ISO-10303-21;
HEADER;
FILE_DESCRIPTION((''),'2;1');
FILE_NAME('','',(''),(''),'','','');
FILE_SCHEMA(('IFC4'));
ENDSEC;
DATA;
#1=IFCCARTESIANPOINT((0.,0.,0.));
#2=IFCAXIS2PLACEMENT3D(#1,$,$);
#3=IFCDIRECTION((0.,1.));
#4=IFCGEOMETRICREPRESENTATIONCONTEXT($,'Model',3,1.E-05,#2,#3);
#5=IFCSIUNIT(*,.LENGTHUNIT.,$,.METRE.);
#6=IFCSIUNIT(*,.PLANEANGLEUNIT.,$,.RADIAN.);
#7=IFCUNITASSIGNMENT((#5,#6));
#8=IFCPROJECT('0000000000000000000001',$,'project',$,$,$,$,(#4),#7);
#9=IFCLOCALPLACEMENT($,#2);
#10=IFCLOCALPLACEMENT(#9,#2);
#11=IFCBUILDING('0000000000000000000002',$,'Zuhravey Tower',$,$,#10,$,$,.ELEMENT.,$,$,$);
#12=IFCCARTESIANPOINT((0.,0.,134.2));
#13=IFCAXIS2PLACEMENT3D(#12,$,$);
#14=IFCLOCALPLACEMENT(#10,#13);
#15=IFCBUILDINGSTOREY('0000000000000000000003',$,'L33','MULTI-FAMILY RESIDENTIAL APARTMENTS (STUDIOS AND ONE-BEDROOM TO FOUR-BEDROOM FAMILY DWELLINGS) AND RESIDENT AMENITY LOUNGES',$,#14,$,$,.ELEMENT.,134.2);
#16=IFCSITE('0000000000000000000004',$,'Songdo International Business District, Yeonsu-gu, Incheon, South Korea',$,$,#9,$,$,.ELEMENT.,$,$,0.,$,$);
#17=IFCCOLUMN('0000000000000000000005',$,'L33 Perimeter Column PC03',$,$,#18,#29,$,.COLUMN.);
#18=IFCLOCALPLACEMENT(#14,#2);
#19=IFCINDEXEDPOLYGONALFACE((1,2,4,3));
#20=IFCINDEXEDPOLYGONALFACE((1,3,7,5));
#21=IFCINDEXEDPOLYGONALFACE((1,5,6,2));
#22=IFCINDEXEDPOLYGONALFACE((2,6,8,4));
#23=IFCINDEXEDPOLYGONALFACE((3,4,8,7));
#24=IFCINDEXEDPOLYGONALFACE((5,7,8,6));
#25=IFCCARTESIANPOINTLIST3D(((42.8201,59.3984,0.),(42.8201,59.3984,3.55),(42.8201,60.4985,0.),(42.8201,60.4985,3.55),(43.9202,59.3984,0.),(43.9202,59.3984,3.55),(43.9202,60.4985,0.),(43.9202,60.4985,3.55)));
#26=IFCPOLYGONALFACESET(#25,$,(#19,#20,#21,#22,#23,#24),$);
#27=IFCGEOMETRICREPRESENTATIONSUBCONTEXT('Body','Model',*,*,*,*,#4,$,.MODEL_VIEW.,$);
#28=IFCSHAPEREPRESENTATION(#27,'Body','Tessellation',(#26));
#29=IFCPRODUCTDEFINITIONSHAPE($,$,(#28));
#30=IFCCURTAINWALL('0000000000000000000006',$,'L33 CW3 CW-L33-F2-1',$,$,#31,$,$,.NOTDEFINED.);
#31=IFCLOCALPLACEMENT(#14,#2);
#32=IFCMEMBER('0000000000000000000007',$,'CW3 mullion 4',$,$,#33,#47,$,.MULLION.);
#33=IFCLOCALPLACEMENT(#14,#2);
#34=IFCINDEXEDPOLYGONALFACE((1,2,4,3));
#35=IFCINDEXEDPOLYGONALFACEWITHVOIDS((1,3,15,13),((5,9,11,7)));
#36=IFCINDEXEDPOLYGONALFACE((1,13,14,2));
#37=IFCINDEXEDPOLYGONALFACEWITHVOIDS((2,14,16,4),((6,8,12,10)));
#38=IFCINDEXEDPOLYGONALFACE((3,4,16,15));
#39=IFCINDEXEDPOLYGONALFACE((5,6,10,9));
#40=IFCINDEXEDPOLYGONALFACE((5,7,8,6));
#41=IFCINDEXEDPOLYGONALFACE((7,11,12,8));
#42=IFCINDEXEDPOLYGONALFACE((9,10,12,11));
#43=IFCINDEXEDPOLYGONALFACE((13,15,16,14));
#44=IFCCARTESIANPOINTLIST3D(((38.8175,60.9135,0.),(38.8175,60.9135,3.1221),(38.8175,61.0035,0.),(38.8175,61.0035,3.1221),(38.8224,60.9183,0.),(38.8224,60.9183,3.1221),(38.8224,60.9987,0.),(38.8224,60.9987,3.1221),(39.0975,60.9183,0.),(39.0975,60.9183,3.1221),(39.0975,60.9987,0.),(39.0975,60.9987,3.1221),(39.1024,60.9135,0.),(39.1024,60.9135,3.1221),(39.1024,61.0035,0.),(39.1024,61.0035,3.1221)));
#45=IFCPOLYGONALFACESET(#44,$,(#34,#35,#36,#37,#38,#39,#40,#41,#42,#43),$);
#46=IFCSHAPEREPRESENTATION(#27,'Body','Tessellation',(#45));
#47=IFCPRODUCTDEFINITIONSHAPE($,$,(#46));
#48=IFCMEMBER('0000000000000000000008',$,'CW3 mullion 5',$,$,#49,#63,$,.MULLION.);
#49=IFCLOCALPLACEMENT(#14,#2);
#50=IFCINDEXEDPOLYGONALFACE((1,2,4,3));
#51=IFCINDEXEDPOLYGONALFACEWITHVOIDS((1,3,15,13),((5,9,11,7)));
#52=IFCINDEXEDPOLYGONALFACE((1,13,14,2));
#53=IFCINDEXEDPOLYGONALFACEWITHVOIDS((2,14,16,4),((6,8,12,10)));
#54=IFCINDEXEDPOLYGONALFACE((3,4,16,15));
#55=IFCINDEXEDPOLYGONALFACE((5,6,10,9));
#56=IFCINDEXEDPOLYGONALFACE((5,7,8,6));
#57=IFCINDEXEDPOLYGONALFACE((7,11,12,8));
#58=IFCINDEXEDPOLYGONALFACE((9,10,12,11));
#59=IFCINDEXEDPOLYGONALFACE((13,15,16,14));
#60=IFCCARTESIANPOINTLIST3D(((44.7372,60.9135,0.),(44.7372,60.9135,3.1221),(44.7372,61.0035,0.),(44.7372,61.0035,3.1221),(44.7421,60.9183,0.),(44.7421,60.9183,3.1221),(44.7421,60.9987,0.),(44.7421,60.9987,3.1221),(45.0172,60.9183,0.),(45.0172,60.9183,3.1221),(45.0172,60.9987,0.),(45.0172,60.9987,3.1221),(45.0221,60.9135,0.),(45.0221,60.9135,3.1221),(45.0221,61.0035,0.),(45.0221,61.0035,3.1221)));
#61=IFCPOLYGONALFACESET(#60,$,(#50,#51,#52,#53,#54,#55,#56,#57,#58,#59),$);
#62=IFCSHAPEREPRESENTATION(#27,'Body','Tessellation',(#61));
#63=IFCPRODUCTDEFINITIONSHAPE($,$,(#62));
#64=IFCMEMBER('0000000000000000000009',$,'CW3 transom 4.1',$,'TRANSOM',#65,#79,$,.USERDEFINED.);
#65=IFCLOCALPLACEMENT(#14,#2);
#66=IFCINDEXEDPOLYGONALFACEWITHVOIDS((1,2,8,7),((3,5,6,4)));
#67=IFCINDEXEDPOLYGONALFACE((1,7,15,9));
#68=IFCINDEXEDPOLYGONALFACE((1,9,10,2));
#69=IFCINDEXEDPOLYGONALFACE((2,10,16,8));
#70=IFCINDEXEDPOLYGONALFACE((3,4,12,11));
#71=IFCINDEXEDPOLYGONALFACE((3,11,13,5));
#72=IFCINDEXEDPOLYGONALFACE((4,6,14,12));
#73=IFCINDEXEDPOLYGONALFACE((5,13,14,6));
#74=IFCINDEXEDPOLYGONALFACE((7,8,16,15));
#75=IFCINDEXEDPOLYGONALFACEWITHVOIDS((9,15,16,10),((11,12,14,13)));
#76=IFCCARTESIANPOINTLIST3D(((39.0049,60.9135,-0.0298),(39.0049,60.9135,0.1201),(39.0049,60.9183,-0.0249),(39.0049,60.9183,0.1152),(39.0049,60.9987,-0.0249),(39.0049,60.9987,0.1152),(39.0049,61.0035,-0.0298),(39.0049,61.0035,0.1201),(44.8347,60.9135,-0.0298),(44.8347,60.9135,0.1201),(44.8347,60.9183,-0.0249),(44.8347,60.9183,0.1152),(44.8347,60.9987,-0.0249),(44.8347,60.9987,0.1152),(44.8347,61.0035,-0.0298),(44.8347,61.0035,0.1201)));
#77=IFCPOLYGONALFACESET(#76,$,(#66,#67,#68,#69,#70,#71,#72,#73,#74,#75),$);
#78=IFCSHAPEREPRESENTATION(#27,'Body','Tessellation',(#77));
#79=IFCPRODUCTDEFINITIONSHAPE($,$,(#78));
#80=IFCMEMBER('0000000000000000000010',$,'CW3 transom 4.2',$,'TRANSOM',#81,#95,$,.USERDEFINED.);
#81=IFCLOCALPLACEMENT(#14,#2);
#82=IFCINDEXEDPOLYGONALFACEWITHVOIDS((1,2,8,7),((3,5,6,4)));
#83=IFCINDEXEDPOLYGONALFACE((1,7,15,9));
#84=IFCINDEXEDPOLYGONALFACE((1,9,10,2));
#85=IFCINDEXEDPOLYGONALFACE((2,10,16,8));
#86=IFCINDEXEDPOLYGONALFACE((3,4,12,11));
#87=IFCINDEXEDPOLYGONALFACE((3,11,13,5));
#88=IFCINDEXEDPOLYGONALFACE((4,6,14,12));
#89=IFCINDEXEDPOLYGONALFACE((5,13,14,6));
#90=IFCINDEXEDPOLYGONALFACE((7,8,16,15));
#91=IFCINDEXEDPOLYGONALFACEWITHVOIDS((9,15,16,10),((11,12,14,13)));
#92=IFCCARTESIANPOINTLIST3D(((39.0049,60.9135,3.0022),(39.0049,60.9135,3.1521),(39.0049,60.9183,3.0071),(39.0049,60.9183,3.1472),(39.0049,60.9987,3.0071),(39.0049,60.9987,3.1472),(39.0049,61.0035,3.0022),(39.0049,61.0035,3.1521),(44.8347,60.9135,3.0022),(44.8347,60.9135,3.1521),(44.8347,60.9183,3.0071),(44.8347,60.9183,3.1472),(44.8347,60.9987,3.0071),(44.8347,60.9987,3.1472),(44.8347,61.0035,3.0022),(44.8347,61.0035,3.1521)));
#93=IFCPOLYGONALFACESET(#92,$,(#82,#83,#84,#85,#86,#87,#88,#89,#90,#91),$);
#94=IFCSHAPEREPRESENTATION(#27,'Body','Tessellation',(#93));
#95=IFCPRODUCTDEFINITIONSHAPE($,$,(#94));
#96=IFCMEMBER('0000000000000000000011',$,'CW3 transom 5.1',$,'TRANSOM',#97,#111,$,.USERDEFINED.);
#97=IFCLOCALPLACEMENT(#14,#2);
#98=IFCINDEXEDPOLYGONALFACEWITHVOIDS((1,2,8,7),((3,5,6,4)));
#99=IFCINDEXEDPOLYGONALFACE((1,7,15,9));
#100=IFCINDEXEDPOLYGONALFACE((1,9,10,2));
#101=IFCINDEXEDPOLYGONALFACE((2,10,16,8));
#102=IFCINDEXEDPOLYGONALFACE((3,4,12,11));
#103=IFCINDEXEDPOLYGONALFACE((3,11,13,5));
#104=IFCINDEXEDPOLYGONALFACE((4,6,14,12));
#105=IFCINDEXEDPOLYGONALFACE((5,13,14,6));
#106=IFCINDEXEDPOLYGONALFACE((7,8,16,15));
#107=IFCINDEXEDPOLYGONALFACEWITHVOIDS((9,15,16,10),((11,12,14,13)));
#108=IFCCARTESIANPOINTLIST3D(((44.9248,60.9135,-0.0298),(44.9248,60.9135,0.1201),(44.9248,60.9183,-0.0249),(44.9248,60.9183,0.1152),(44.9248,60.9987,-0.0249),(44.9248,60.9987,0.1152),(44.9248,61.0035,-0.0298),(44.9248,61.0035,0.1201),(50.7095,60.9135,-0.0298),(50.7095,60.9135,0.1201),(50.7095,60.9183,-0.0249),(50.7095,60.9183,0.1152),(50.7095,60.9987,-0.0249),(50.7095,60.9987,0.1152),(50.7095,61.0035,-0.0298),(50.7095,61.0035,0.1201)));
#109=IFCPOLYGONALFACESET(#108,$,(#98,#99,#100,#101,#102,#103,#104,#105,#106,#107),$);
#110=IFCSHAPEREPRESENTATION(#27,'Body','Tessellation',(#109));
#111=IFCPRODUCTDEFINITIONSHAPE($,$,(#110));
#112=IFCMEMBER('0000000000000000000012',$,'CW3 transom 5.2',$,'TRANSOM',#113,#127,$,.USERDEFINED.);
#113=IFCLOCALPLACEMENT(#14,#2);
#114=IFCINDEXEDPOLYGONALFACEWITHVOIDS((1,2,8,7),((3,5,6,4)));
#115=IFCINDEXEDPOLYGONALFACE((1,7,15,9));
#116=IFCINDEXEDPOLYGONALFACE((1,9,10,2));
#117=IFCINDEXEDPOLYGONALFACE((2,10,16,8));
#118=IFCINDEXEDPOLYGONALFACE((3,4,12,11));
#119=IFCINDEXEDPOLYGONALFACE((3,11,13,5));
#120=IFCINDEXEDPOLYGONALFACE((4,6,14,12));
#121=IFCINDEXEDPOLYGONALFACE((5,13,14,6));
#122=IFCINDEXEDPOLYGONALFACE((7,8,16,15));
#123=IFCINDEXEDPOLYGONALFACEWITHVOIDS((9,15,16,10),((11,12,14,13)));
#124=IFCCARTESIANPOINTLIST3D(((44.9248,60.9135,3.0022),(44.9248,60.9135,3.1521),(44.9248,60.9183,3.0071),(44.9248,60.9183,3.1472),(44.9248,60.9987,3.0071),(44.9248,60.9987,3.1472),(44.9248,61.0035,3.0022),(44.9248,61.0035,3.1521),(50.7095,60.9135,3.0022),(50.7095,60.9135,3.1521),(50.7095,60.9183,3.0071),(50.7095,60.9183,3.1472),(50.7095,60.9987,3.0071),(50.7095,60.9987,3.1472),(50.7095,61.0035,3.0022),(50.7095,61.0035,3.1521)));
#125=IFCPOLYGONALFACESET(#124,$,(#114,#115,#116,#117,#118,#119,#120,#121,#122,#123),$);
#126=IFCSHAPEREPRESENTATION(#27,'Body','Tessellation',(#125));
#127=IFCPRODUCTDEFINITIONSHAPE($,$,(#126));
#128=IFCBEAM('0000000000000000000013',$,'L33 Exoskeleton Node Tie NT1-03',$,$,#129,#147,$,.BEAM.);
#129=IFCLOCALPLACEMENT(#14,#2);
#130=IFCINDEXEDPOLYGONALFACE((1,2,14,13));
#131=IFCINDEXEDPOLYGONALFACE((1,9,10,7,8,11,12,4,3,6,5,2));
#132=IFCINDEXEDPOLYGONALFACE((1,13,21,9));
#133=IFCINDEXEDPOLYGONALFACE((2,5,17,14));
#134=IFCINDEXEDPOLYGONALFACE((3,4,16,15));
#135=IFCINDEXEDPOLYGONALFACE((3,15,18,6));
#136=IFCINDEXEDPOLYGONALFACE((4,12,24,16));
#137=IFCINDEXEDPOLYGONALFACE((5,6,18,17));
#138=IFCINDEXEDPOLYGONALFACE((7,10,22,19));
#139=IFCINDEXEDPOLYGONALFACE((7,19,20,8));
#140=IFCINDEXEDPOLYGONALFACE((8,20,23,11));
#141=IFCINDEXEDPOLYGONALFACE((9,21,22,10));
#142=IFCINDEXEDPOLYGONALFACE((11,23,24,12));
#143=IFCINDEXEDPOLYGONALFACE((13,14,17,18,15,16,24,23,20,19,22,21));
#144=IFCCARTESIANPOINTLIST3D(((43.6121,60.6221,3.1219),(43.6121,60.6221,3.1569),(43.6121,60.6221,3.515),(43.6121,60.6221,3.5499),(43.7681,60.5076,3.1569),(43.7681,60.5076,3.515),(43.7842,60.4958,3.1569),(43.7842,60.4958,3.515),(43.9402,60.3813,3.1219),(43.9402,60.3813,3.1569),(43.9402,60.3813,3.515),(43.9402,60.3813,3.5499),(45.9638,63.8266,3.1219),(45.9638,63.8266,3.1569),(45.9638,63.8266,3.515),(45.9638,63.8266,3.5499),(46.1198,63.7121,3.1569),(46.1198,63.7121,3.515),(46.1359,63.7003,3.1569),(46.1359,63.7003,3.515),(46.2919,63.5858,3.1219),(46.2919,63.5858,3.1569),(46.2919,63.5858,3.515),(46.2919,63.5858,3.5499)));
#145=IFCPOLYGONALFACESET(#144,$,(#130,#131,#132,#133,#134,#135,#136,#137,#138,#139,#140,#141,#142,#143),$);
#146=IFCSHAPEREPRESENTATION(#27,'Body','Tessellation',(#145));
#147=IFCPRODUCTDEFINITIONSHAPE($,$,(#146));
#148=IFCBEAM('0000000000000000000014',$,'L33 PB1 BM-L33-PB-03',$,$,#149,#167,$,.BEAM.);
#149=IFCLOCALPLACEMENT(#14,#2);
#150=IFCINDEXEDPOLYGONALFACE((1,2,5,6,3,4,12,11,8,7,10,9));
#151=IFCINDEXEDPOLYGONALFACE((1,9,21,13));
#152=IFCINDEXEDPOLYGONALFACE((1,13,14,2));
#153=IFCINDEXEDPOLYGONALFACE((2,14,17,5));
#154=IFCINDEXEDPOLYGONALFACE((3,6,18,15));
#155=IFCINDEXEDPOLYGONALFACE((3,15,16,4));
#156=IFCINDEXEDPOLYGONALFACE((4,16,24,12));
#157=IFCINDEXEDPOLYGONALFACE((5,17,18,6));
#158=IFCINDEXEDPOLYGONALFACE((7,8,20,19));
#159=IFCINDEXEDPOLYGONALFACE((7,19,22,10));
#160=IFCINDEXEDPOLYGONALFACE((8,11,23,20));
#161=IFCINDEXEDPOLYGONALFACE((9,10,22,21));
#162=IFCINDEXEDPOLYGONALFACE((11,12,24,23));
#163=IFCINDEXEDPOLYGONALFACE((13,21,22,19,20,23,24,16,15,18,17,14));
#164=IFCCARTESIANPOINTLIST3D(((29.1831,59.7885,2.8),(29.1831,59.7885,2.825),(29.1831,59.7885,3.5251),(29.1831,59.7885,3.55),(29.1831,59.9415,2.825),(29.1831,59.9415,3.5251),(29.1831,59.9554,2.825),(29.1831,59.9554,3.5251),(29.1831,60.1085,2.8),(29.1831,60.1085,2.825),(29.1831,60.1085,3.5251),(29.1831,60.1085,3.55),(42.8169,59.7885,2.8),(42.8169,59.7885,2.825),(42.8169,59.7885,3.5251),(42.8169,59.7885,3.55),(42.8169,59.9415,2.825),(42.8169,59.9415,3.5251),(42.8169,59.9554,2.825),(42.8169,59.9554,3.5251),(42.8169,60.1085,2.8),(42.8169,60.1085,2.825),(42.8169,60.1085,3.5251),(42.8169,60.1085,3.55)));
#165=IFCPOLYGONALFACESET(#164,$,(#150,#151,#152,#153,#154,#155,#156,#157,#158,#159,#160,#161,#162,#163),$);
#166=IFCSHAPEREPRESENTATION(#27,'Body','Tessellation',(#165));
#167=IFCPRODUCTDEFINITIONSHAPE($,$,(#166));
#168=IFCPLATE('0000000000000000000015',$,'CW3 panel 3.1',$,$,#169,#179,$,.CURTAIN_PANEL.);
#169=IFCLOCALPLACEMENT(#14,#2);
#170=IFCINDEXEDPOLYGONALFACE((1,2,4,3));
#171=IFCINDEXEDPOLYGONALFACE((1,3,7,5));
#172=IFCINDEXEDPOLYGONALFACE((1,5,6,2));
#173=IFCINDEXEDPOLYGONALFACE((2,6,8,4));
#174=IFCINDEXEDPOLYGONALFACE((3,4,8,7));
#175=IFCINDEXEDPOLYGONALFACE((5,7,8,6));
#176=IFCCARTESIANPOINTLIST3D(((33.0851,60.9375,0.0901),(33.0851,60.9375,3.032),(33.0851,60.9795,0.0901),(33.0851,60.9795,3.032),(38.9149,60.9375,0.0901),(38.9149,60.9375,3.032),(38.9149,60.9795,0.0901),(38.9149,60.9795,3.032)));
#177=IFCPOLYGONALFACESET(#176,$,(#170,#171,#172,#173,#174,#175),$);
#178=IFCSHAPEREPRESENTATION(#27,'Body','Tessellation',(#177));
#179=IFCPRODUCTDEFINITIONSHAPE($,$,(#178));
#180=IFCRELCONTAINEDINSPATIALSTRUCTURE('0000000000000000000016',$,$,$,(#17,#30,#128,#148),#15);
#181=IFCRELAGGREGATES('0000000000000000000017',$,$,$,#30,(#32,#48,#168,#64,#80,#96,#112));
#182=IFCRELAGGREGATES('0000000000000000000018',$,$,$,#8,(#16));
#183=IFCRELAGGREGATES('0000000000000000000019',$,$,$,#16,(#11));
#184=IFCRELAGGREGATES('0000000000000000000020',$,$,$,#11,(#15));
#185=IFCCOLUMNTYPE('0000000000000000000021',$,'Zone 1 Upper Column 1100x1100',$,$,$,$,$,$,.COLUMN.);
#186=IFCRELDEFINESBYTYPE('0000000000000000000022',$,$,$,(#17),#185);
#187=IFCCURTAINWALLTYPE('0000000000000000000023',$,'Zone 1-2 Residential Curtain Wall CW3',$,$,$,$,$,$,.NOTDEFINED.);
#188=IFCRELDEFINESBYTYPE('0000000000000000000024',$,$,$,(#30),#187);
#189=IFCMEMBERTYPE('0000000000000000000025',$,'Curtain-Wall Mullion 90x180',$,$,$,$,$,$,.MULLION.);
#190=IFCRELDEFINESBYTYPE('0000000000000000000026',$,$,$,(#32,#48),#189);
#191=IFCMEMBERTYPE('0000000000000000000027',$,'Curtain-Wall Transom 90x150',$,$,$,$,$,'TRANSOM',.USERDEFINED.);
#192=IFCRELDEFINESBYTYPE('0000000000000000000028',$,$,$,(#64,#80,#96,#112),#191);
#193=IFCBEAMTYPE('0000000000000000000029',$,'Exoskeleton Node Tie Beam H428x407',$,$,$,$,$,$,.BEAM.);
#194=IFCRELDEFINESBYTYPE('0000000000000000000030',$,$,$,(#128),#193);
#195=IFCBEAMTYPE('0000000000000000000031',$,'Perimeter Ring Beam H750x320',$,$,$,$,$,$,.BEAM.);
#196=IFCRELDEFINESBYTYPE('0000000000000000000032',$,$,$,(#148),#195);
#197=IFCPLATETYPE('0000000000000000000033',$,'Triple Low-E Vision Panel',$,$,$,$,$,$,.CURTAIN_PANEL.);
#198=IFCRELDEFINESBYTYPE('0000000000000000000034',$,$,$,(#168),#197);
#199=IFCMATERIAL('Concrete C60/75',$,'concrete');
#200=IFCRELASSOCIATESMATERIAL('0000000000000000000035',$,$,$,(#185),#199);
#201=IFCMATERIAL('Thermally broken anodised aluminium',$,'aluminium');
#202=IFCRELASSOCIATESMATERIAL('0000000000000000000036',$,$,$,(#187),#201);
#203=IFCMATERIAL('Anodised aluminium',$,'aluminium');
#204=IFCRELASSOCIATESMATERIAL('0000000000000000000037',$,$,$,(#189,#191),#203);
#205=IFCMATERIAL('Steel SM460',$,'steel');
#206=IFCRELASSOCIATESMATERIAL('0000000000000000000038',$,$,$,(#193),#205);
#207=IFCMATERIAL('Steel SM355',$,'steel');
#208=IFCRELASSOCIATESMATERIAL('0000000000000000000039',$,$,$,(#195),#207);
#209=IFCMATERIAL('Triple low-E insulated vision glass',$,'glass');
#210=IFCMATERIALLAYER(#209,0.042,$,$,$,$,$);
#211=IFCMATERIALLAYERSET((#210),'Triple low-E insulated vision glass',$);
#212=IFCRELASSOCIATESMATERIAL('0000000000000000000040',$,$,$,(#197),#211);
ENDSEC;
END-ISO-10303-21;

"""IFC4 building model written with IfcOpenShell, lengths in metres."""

from ifc_helpers import new_model, si_unit, direction, frame, origin, origin_2d, place, context, subcontext, project, spatial, rectangle, hollow_rectangle, i_section, extrude, material, layer, layer_set, material_profile, profile_set, type_object, element, aggregate, save


model = new_model("IFC4")

# Units and contexts
model_context = context("Model", 3, precision=1e-05, world=origin(), true_north=direction((0.0, 1.0)))
body_context = subcontext(model_context, "Body", "Model", "MODEL_VIEW")
ifc_project = project(units=[si_unit("LENGTHUNIT", "METRE"), si_unit("PLANEANGLEUNIT", "RADIAN")], contexts=[model_context])

# Site, building, storey
site_placement = place(None, origin())
site = spatial("IfcSite", under=ifc_project, at=site_placement, Name="Songdo International Business District, Yeonsu-gu, Incheon, South Korea", CompositionType="ELEMENT", RefElevation=0.0)
building_placement = place(site_placement, origin())
building = spatial("IfcBuilding", under=site, at=building_placement, Name="Zuhravey Tower", CompositionType="ELEMENT")
storey_placement = place(building_placement, frame((0.0, 0.0, 134.2)))
storey = spatial("IfcBuildingStorey", under=building, at=storey_placement, Name="L33", Description="MULTI-FAMILY RESIDENTIAL APARTMENTS (STUDIOS AND ONE-BEDROOM TO FOUR-BEDROOM FAMILY DWELLINGS) AND RESIDENT AMENITY LOUNGES", CompositionType="ELEMENT", Elevation=134.2)

# Column
ifc_material_1 = material(Name="Concrete C60/75", Category="concrete")
ifc_material_profile_1 = material_profile(ifc_material_1, rectangle(XDim=1.1001, YDim=1.1001, at=origin_2d()), Name="RC-1100x1100")
ifc_profile_set_1 = profile_set([ifc_material_profile_1], Name="Concrete C60/75")
column_type = type_object("IfcColumnType", Name="Zone 1 Upper Column 1100x1100", PredefinedType="COLUMN", material=ifc_profile_set_1)
column_placement = place(storey_placement, frame((43.3701, 59.9485, 0.0), z_axis=(0.0, 0.0, 1.0), x_axis=(-1.0, 0.0, 0.0)))
element("IfcColumn", 1, at=column_placement, inside=storey, type_object=column_type, Name="L33 Perimeter Column PC03", PredefinedType="COLUMN", context=body_context, shape_type="SweptSolid", body=[
    extrude(rectangle(XDim=1.1001, YDim=1.1001, at=origin_2d()), origin(), (0.0, 0.0, 1.0), 3.55),
])

# Curtain wall, members
ifc_material_2 = material(Name="Thermally broken anodised aluminium", Category="aluminium")
curtain_wall_type = type_object("IfcCurtainWallType", Name="Zone 1-2 Residential Curtain Wall CW3", PredefinedType="NOTDEFINED", material=ifc_material_2)
curtain_wall_placement = place(storey_placement, origin())
curtain_wall = element("IfcCurtainWall", 2, at=curtain_wall_placement, inside=storey, type_object=curtain_wall_type, Name="L33 CW3 CW-L33-F2-1", PredefinedType="NOTDEFINED")
ifc_material_3 = material(Name="Anodised aluminium", Category="aluminium")
ifc_material_profile_2 = material_profile(ifc_material_3, hollow_rectangle(XDim=0.0901, YDim=0.2849, WallThickness=0.0049, at=origin_2d()), Name="ALU-RHS-90x285x5")
ifc_profile_set_2 = profile_set([ifc_material_profile_2], Name="Anodised aluminium")
member_type_1 = type_object("IfcMemberType", Name="Curtain-Wall Mullion 90x180", PredefinedType="MULLION", material=ifc_profile_set_2)
member_1_placement = place(storey_placement, frame((38.96, 60.9585, 0.0), z_axis=(0.0, 0.0, 1.0), x_axis=(0.0, 1.0, 0.0)))
member_1 = element("IfcMember", 3, at=member_1_placement, type_object=member_type_1, Name="CW3 mullion 4", PredefinedType="MULLION", context=body_context, shape_type="SweptSolid", body=[
    extrude(hollow_rectangle(XDim=0.0901, YDim=0.2849, WallThickness=0.0049, at=origin_2d()), origin(), (0.0, 0.0, 1.0), 3.1221),
])
member_2_placement = place(storey_placement, frame((44.8796, 60.9585, 0.0), z_axis=(0.0, 0.0, 1.0), x_axis=(0.0, 1.0, 0.0)))
member_2 = element("IfcMember", 4, at=member_2_placement, type_object=member_type_1, Name="CW3 mullion 5", PredefinedType="MULLION", context=body_context, shape_type="SweptSolid", body=[
    extrude(hollow_rectangle(XDim=0.0901, YDim=0.2849, WallThickness=0.0049, at=origin_2d()), origin(), (0.0, 0.0, 1.0), 3.1221),
])
ifc_material_profile_3 = material_profile(ifc_material_3, hollow_rectangle(XDim=0.0901, YDim=0.1499, WallThickness=0.0049, at=origin_2d()), Name="ALU-RHS-90x150x5")
ifc_profile_set_3 = profile_set([ifc_material_profile_3], Name="Anodised aluminium")
member_type_2 = type_object("IfcMemberType", Name="Curtain-Wall Transom 90x150", ElementType="TRANSOM", PredefinedType="USERDEFINED", material=ifc_profile_set_3)
member_3_placement = place(storey_placement, frame((39.0049, 60.9585, 0.0452), z_axis=(1.0, 0.0, 0.0), x_axis=(0.0, 1.0, 0.0)))
member_3 = element("IfcMember", 5, at=member_3_placement, type_object=member_type_2, Name="CW3 transom 4.1", ObjectType="TRANSOM", PredefinedType="USERDEFINED", context=body_context, shape_type="SweptSolid", body=[
    extrude(hollow_rectangle(XDim=0.0901, YDim=0.1499, WallThickness=0.0049, at=origin_2d()), origin(), (0.0, 0.0, 1.0), 5.8298),
])
member_4_placement = place(storey_placement, frame((39.0049, 60.9585, 3.0771), z_axis=(1.0, 0.0, 0.0), x_axis=(0.0, 1.0, 0.0)))
member_4 = element("IfcMember", 6, at=member_4_placement, type_object=member_type_2, Name="CW3 transom 4.2", ObjectType="TRANSOM", PredefinedType="USERDEFINED", context=body_context, shape_type="SweptSolid", body=[
    extrude(hollow_rectangle(XDim=0.0901, YDim=0.1499, WallThickness=0.0049, at=origin_2d()), origin(), (0.0, 0.0, 1.0), 5.8298),
])
member_5_placement = place(storey_placement, frame((44.9248, 60.9585, 0.0452), z_axis=(1.0, 0.0, 0.0), x_axis=(0.0, 1.0, 0.0)))
member_5 = element("IfcMember", 7, at=member_5_placement, type_object=member_type_2, Name="CW3 transom 5.1", ObjectType="TRANSOM", PredefinedType="USERDEFINED", context=body_context, shape_type="SweptSolid", body=[
    extrude(hollow_rectangle(XDim=0.0901, YDim=0.1499, WallThickness=0.0049, at=origin_2d()), origin(), (0.0, 0.0, 1.0), 5.7847),
])
member_6_placement = place(storey_placement, frame((44.9248, 60.9585, 3.0771), z_axis=(1.0, 0.0, 0.0), x_axis=(0.0, 1.0, 0.0)))
member_6 = element("IfcMember", 8, at=member_6_placement, type_object=member_type_2, Name="CW3 transom 5.2", ObjectType="TRANSOM", PredefinedType="USERDEFINED", context=body_context, shape_type="SweptSolid", body=[
    extrude(hollow_rectangle(XDim=0.0901, YDim=0.1499, WallThickness=0.0049, at=origin_2d()), origin(), (0.0, 0.0, 1.0), 5.7847),
])

# Beams
ifc_material_4 = material(Name="Steel SM460", Category="steel")
ifc_material_profile_4 = material_profile(ifc_material_4, i_section(OverallWidth=0.407, OverallDepth=0.428, WebThickness=0.02, FlangeThickness=0.0349, at=origin_2d()), Name="H-428x407x20x35")
ifc_profile_set_4 = profile_set([ifc_material_profile_4], Name="Steel SM460")
beam_type_1 = type_object("IfcBeamType", Name="Exoskeleton Node Tie Beam H428x407", PredefinedType="BEAM", material=ifc_profile_set_4)
beam_1_placement = place(storey_placement, frame((43.7761, 60.5017, 3.3359), z_axis=(0.591654, 0.806192, 0.0), x_axis=(-0.806192, 0.591654, 0.0)))
element("IfcBeam", 9, at=beam_1_placement, inside=storey, type_object=beam_type_1, Name="L33 Exoskeleton Node Tie NT1-03", PredefinedType="BEAM", context=body_context, shape_type="SweptSolid", body=[
    extrude(i_section(OverallWidth=0.407, OverallDepth=0.428, WebThickness=0.02, FlangeThickness=0.0349, at=origin_2d()), origin(), (0.0, 0.0, 1.0), 3.9749),
])
ifc_material_5 = material(Name="Steel SM355", Category="steel")
ifc_material_profile_5 = material_profile(ifc_material_5, i_section(OverallWidth=0.3201, OverallDepth=0.75, WebThickness=0.0139, FlangeThickness=0.0249, at=origin_2d()), Name="H-750x320x14x25")
ifc_profile_set_5 = profile_set([ifc_material_profile_5], Name="Steel SM355")
beam_type_2 = type_object("IfcBeamType", Name="Perimeter Ring Beam H750x320", PredefinedType="BEAM", material=ifc_profile_set_5)
beam_2_placement = place(storey_placement, frame((42.8169, 59.9485, 3.175), z_axis=(-1.0, 0.0, 0.0), x_axis=(0.0, -1.0, 0.0)))
element("IfcBeam", 10, at=beam_2_placement, inside=storey, type_object=beam_type_2, Name="L33 PB1 BM-L33-PB-03", PredefinedType="BEAM", context=body_context, shape_type="SweptSolid", body=[
    extrude(i_section(OverallWidth=0.3201, OverallDepth=0.75, WebThickness=0.0139, FlangeThickness=0.0249, at=origin_2d()), origin(), (0.0, 0.0, 1.0), 13.6338),
])

# Plate
ifc_material_6 = material(Name="Triple low-E insulated vision glass", Category="glass")
ifc_layer_1 = layer(ifc_material_6, 0.042)
ifc_layer_set_1 = layer_set([ifc_layer_1], Name="Triple low-E insulated vision glass")
plate_type = type_object("IfcPlateType", Name="Triple Low-E Vision Panel", PredefinedType="CURTAIN_PANEL", material=ifc_layer_set_1)
plate_1_placement = place(storey_placement, frame((36.0, 60.9585, 0.0901), z_axis=(0.0, 0.0, 1.0), x_axis=(1.0, 0.0, 0.0)))
plate_1 = element("IfcPlate", 11, at=plate_1_placement, type_object=plate_type, Name="CW3 panel 3.1", PredefinedType="CURTAIN_PANEL", context=body_context, shape_type="SweptSolid", body=[
    extrude(rectangle(XDim=5.8298, YDim=0.042, at=origin_2d()), origin(), (0.0, 0.0, 1.0), 2.9419),
])
aggregate(curtain_wall, [member_1, member_2, plate_1, member_3, member_4, member_5, member_6])

save(model, "model.ifc")
